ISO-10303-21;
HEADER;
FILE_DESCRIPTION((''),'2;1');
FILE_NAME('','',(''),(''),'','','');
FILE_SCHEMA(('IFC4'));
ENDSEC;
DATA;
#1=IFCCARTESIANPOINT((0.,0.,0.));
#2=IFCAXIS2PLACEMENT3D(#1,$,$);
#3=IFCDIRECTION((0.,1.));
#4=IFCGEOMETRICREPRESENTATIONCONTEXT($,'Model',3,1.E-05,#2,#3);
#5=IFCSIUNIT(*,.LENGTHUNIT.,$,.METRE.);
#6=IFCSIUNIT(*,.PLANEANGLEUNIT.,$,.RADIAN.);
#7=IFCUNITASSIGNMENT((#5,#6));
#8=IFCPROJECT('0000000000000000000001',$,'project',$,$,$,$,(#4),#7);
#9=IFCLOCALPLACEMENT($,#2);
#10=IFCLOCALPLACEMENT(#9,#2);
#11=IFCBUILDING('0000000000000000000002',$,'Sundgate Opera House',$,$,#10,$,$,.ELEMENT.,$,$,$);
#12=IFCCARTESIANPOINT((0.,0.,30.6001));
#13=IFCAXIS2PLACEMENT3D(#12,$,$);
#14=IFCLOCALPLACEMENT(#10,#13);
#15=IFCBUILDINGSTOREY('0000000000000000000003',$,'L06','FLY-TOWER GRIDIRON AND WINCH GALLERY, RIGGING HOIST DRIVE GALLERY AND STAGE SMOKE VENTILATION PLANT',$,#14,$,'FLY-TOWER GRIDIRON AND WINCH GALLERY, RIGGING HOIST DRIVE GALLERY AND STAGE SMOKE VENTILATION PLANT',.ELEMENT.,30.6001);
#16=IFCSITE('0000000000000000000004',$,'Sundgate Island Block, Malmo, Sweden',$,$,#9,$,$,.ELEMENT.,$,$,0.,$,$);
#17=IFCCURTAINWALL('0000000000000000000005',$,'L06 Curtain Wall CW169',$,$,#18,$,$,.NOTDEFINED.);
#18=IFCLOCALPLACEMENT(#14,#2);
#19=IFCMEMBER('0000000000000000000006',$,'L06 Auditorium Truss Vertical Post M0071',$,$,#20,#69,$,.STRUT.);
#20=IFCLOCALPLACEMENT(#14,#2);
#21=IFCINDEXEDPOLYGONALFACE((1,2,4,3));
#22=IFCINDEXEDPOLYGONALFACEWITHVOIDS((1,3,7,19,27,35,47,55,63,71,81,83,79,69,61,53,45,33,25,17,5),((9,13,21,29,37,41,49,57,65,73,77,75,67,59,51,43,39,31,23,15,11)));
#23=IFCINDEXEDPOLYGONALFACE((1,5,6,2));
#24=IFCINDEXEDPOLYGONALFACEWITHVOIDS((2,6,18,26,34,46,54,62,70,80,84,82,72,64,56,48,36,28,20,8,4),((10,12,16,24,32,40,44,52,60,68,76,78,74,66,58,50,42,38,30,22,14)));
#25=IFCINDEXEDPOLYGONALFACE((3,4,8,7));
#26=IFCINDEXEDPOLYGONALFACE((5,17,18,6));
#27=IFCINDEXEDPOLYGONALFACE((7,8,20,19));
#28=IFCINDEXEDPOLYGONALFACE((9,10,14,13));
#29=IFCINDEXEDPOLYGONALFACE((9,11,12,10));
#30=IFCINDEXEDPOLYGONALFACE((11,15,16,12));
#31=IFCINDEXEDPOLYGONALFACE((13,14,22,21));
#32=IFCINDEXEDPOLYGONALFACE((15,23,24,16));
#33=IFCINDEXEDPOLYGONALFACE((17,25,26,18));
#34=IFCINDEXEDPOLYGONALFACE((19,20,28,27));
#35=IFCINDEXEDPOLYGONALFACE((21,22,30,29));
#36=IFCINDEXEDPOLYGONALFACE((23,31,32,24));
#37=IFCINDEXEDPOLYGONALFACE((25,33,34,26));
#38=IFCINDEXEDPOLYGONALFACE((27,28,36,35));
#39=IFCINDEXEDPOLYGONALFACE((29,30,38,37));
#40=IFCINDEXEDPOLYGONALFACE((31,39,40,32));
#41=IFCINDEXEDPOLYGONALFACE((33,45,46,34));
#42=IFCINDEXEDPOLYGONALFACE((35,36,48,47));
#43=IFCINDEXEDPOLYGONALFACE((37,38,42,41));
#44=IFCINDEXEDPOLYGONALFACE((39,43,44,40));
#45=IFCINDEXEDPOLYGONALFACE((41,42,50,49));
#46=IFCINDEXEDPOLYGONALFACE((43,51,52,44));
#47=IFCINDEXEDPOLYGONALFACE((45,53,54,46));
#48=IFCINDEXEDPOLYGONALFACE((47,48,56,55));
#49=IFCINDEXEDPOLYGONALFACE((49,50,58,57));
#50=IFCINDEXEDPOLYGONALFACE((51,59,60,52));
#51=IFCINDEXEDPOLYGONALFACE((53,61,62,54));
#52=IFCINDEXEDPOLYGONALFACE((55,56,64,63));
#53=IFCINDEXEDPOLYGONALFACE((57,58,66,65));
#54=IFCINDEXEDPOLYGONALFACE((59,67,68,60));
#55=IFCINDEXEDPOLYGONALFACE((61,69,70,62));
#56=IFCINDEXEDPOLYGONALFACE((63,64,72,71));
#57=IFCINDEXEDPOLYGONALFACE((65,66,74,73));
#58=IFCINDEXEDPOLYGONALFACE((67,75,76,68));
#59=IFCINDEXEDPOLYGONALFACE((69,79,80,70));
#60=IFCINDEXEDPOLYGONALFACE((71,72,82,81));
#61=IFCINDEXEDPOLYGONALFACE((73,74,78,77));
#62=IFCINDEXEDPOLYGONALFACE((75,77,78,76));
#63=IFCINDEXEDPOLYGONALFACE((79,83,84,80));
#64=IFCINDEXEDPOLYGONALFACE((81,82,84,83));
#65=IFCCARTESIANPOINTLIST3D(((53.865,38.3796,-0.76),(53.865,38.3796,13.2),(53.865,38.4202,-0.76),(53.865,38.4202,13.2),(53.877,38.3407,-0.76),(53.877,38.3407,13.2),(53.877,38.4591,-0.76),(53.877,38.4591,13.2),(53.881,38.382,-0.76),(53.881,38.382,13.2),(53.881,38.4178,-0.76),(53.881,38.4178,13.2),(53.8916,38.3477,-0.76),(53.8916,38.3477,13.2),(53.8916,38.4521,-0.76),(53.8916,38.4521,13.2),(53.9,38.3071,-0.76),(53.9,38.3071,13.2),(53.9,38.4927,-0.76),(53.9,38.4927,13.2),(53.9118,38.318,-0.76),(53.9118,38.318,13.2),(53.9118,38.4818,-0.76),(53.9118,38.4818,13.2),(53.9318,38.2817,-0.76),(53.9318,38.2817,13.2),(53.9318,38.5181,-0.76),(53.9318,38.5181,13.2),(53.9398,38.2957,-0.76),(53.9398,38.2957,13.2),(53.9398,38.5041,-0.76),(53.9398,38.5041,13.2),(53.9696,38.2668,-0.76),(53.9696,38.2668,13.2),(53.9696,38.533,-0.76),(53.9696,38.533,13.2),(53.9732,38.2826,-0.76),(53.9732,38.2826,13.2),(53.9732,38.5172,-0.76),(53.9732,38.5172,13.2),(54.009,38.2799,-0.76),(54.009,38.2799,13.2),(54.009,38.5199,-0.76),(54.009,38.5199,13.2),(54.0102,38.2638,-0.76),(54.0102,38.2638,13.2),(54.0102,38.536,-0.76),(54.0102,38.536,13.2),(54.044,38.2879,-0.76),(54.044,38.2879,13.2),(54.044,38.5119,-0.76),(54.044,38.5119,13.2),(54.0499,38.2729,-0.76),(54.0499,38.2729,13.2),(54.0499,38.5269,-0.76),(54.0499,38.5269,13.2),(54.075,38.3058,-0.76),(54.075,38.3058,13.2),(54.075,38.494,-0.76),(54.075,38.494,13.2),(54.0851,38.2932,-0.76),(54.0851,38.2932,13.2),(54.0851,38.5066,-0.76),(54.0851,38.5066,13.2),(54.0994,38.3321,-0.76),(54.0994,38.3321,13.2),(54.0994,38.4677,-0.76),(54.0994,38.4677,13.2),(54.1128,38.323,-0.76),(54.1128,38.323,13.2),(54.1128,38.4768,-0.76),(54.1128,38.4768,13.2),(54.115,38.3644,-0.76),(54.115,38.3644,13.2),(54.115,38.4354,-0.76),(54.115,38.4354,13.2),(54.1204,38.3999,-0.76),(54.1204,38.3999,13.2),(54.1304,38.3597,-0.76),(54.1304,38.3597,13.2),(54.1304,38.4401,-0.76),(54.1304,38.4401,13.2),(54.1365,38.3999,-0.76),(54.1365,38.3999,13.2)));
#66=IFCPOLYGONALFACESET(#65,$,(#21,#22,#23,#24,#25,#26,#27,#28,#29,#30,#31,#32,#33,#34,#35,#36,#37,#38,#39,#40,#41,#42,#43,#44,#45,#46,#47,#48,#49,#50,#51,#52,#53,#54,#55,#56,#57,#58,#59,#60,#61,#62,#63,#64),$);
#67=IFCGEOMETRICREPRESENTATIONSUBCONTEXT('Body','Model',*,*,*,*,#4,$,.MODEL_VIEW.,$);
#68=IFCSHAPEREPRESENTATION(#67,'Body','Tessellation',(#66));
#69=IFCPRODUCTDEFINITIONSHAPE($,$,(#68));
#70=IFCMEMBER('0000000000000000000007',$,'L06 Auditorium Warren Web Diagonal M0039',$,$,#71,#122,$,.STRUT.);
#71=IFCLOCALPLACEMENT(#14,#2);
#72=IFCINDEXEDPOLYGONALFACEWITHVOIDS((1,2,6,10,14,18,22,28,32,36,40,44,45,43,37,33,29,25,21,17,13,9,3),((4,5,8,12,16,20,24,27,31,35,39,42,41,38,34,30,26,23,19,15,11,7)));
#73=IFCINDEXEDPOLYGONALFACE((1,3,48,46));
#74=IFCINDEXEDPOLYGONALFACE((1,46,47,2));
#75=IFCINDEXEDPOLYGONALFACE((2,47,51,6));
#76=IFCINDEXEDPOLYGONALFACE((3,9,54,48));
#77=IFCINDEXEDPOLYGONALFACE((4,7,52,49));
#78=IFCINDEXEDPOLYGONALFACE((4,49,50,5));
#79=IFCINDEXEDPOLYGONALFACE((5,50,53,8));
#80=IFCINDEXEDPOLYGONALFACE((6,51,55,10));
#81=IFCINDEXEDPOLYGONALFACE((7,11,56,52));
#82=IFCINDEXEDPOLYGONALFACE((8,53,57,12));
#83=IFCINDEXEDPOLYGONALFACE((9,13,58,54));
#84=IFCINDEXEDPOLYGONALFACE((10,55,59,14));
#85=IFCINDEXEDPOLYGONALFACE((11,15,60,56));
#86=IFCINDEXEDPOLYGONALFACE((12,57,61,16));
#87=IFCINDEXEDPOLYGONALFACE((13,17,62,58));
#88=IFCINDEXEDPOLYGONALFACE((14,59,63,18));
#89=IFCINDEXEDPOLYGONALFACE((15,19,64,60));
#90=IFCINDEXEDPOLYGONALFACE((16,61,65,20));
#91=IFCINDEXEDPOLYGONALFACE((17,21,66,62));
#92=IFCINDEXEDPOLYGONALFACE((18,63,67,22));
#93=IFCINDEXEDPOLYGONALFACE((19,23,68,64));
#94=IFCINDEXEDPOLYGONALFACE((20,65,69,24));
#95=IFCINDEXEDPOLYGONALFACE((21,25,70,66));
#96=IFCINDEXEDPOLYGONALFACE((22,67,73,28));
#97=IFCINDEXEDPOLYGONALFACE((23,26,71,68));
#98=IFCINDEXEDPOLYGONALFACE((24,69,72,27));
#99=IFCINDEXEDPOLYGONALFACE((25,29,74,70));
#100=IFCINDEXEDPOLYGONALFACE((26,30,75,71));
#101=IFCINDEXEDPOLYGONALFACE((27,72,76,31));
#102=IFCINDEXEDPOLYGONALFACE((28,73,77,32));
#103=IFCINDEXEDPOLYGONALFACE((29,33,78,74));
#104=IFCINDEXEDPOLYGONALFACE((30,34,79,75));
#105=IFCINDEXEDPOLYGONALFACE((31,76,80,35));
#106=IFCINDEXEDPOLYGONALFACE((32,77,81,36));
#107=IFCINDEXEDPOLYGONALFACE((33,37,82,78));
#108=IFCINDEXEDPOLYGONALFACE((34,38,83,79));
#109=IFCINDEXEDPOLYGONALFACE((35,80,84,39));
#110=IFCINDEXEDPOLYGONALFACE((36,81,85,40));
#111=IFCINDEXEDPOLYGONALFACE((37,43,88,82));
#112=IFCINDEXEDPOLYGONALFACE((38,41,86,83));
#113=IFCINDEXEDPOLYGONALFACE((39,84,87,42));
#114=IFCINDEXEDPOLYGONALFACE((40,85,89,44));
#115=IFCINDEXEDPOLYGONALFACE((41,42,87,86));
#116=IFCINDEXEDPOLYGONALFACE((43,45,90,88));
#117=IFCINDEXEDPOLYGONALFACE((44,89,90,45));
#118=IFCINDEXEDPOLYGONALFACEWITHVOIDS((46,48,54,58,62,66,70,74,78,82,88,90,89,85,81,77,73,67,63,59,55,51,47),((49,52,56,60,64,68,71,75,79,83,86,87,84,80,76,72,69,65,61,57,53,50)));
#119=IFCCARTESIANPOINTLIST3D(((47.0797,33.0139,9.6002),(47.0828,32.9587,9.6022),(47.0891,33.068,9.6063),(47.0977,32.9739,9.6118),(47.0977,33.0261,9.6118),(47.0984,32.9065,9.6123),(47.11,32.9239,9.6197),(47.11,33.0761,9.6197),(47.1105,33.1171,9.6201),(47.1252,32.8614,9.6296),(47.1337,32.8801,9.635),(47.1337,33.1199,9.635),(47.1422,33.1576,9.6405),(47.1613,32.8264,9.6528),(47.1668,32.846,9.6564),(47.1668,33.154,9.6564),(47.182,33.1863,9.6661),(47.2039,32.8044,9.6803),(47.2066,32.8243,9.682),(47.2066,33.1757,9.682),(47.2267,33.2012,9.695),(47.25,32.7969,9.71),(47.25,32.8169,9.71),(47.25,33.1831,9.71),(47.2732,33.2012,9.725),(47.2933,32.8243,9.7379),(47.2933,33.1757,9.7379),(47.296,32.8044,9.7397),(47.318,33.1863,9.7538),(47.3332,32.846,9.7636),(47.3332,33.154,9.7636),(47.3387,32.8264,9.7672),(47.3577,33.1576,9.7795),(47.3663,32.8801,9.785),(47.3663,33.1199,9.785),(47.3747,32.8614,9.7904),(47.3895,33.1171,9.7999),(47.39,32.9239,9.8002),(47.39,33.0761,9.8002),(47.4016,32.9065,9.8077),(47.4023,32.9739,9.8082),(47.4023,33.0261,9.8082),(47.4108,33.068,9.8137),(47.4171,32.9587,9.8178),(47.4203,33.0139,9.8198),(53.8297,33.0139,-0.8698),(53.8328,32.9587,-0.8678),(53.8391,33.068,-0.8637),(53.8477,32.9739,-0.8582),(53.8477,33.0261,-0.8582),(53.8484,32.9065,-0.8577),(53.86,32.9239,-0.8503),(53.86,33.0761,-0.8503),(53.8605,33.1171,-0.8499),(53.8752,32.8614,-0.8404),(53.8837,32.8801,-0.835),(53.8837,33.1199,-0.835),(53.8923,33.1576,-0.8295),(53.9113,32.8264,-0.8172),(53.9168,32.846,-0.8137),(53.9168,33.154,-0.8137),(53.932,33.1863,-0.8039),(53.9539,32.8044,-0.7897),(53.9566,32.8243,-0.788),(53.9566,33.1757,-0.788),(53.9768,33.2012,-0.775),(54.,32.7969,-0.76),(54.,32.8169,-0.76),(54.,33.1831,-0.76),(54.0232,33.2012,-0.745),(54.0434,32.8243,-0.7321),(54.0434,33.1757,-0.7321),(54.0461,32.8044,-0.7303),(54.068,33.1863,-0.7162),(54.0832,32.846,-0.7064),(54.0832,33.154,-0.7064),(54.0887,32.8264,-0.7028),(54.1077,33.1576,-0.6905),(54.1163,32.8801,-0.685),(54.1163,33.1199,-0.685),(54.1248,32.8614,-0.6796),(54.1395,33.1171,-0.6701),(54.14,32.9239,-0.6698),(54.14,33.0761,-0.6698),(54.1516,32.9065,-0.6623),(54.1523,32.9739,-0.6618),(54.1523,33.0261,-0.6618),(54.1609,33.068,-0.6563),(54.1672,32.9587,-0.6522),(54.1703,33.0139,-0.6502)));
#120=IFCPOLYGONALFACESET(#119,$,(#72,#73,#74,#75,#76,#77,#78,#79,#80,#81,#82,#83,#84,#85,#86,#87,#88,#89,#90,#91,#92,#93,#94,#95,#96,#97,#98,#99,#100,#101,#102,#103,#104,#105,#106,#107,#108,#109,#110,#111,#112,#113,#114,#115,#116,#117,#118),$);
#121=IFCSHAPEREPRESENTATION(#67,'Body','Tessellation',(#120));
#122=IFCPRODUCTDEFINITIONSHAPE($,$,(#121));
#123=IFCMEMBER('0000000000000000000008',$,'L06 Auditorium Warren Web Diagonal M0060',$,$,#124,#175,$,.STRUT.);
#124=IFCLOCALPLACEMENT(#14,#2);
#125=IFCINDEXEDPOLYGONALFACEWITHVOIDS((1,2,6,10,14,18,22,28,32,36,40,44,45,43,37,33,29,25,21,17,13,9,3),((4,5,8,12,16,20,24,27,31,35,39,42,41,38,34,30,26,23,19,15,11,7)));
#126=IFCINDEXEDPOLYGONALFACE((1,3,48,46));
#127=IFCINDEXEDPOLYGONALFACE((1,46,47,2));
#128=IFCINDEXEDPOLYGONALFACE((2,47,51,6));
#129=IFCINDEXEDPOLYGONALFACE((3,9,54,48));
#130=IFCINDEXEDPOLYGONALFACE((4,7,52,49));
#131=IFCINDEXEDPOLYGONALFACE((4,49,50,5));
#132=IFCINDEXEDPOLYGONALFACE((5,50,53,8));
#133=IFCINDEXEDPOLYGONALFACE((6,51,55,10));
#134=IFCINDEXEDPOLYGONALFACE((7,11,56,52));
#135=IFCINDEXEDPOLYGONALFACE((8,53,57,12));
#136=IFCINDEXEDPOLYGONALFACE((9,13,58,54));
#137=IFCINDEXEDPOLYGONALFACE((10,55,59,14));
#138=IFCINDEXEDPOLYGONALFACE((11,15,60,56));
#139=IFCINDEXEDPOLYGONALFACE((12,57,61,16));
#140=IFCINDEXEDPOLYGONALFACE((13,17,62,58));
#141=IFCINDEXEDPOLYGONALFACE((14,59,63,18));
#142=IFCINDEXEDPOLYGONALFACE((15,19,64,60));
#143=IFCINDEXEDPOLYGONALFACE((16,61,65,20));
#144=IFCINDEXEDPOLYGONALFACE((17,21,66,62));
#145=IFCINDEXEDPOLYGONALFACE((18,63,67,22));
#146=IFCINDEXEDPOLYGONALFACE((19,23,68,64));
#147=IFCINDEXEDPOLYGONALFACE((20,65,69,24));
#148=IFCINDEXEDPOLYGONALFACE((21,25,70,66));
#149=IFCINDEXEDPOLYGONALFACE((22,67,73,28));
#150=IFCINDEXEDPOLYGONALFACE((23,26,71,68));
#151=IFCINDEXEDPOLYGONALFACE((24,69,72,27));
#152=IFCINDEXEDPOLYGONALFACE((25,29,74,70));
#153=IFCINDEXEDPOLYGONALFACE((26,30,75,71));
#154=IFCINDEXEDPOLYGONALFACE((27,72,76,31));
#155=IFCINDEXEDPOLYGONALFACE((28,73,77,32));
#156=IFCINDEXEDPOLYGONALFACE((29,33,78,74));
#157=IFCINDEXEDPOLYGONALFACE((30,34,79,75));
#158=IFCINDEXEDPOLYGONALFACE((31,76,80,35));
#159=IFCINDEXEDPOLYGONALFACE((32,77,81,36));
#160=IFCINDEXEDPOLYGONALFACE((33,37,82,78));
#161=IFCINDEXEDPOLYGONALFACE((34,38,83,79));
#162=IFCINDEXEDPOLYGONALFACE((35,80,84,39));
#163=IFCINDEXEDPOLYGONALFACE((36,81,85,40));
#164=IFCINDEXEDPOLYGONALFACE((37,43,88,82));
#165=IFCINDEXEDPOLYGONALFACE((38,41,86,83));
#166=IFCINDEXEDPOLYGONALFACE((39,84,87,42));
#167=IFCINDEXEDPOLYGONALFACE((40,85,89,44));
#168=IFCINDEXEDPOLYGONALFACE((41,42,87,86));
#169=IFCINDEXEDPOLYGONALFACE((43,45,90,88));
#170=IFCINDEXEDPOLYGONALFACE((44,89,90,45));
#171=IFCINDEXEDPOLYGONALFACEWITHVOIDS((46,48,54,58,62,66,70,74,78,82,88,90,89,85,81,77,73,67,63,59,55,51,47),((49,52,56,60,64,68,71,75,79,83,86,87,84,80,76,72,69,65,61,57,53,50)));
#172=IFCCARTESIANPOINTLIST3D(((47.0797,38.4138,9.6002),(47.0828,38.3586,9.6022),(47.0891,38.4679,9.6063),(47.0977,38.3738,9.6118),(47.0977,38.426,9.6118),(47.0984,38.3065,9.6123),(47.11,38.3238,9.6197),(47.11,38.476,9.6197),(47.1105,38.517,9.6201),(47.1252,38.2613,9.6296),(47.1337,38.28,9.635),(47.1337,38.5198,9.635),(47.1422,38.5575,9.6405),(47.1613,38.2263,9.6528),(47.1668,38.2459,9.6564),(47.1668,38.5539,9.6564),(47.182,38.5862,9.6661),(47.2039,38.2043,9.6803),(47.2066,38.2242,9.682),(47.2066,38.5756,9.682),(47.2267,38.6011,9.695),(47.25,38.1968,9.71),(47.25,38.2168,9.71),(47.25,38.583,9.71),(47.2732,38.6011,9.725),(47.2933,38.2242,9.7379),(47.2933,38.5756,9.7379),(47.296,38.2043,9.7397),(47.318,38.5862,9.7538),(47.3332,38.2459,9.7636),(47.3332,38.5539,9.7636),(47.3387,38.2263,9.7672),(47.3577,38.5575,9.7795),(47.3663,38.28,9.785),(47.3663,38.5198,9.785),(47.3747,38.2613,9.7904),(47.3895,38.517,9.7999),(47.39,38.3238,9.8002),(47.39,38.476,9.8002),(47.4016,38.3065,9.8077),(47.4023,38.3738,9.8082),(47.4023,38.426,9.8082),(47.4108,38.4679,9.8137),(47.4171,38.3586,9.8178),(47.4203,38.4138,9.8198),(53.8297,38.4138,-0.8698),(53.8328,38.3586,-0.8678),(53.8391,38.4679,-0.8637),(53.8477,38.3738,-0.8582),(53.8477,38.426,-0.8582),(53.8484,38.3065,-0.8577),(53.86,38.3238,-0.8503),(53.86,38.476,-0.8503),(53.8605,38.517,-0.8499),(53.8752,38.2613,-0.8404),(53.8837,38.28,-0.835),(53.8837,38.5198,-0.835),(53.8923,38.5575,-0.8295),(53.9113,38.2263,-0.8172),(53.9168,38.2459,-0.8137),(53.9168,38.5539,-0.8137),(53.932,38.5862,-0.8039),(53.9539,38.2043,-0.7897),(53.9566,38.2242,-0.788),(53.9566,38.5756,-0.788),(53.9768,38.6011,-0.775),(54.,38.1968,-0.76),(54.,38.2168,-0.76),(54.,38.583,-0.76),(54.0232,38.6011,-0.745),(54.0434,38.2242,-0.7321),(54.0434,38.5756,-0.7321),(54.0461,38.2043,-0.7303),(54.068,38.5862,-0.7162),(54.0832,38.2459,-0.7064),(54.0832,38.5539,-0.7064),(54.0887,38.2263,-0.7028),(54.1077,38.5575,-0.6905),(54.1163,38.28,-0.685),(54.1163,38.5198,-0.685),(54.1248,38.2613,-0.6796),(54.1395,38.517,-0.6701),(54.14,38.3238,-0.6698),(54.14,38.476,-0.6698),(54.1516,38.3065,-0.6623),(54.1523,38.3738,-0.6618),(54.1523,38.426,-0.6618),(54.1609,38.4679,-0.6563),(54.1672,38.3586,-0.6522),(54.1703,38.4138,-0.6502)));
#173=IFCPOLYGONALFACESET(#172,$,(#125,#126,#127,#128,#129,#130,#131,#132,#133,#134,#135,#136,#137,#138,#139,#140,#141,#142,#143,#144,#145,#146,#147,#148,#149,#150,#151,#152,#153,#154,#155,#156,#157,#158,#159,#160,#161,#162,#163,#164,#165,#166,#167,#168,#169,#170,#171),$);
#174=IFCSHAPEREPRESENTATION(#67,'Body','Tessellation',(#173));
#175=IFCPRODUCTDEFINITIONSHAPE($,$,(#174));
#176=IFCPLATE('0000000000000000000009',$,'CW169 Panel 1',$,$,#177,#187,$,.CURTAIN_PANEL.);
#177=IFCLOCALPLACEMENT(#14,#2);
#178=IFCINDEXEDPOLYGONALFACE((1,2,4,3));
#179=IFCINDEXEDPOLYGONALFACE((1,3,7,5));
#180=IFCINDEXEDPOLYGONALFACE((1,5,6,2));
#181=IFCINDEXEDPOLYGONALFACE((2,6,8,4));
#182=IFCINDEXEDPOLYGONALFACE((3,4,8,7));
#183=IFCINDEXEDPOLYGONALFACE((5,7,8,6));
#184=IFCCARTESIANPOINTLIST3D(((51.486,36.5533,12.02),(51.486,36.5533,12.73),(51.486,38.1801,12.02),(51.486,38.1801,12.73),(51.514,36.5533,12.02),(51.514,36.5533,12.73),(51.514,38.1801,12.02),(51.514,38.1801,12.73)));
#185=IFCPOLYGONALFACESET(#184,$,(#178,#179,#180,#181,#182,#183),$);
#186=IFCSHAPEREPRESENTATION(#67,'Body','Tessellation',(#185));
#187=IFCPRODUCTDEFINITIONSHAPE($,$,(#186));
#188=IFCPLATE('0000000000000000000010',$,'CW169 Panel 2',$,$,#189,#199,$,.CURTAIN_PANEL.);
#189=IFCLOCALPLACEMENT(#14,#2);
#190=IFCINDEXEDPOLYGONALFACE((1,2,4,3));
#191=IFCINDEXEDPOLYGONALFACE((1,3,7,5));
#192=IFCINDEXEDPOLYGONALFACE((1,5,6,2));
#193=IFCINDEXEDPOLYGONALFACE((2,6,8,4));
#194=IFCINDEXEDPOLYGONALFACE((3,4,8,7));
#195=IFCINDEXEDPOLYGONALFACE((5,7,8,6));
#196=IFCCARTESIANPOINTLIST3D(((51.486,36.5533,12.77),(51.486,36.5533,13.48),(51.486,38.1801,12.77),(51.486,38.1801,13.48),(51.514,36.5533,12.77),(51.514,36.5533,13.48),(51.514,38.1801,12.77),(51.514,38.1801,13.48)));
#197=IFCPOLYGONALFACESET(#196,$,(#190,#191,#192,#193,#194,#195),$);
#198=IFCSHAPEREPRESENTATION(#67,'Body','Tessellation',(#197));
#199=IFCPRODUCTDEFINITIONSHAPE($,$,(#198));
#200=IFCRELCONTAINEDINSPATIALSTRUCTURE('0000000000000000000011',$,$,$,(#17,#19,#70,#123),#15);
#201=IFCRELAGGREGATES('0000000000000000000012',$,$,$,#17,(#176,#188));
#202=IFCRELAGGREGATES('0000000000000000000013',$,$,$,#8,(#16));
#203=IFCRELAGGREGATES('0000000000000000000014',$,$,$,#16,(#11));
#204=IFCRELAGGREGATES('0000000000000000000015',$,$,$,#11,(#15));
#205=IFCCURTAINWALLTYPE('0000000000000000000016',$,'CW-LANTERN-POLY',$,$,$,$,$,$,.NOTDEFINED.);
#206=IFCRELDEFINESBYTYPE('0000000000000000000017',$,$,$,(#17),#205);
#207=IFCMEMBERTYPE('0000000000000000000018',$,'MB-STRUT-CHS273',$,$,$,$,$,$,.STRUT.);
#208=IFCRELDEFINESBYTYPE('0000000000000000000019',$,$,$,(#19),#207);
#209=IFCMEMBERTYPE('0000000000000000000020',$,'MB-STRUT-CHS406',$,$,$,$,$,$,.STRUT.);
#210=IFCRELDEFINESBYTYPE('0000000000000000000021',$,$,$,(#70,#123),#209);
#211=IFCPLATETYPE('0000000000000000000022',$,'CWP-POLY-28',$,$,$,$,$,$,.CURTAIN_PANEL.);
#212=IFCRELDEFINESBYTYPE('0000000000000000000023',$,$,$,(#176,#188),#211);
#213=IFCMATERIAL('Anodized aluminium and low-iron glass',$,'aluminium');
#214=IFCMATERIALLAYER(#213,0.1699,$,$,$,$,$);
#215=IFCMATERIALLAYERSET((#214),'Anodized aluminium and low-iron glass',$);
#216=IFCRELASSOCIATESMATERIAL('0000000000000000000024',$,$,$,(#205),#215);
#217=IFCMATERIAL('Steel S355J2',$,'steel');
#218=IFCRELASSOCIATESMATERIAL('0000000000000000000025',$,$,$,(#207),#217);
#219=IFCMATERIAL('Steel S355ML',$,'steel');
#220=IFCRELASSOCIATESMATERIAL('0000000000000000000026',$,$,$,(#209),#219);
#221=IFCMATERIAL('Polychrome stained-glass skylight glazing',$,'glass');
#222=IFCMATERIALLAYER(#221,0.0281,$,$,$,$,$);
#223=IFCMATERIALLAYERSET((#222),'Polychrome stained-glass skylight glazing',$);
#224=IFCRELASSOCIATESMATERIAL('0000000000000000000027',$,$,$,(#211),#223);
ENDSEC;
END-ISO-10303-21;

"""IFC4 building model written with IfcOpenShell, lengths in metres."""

from ifc_helpers import new_model, si_unit, direction, frame, origin, origin_2d, place, context, subcontext, project, spatial, rectangle, hollow_circle, extrude, material, layer, layer_set, material_profile, profile_set, type_object, element, aggregate, save


model = new_model("IFC4")

# Units and contexts
model_context = context("Model", 3, precision=1e-05, world=origin(), true_north=direction((0.0, 1.0)))
body_context = subcontext(model_context, "Body", "Model", "MODEL_VIEW")
ifc_project = project(units=[si_unit("LENGTHUNIT", "METRE"), si_unit("PLANEANGLEUNIT", "RADIAN")], contexts=[model_context])

# Site, building, storey
site_placement = place(None, origin())
site = spatial("IfcSite", under=ifc_project, at=site_placement, Name="Sundgate Island Block, Malmo, Sweden", CompositionType="ELEMENT", RefElevation=0.0)
building_placement = place(site_placement, origin())
building = spatial("IfcBuilding", under=site, at=building_placement, Name="Sundgate Opera House", CompositionType="ELEMENT")
storey_placement = place(building_placement, frame((0.0, 0.0, 30.6001)))
storey = spatial("IfcBuildingStorey", under=building, at=storey_placement, Name="L06", Description="FLY-TOWER GRIDIRON AND WINCH GALLERY, RIGGING HOIST DRIVE GALLERY AND STAGE SMOKE VENTILATION PLANT", LongName="FLY-TOWER GRIDIRON AND WINCH GALLERY, RIGGING HOIST DRIVE GALLERY AND STAGE SMOKE VENTILATION PLANT", CompositionType="ELEMENT", Elevation=30.6001)

# Curtain wall
ifc_material_1 = material(Name="Anodized aluminium and low-iron glass", Category="aluminium")
ifc_layer_1 = layer(ifc_material_1, 0.1699)
ifc_layer_set_1 = layer_set([ifc_layer_1], Name="Anodized aluminium and low-iron glass")
curtain_wall_type = type_object("IfcCurtainWallType", Name="CW-LANTERN-POLY", PredefinedType="NOTDEFINED", material=ifc_layer_set_1)
curtain_wall_1_placement = place(storey_placement, origin())
curtain_wall_1 = element("IfcCurtainWall", 1, at=curtain_wall_1_placement, inside=storey, type_object=curtain_wall_type, Name="L06 Curtain Wall CW169", PredefinedType="NOTDEFINED")

# Members
ifc_material_2 = material(Name="Steel S355J2", Category="steel")
ifc_material_profile_1 = material_profile(ifc_material_2, hollow_circle(Radius=0.1365, WallThickness=0.0161, at=origin_2d()), Name="CHS 273.0x16.0")
ifc_profile_set_1 = profile_set([ifc_material_profile_1], Name="Steel S355J2")
member_type_1 = type_object("IfcMemberType", Name="MB-STRUT-CHS273", PredefinedType="STRUT", material=ifc_profile_set_1)
member_1_placement = place(storey_placement, frame((54.0, 38.3999, -0.76), z_axis=(0.0, 0.0, 1.0), x_axis=(1.0, 0.0, 0.0)))
element("IfcMember", 2, at=member_1_placement, inside=storey, type_object=member_type_1, Name="L06 Auditorium Truss Vertical Post M0071", PredefinedType="STRUT", context=body_context, shape_type="SweptSolid", body=[
    extrude(hollow_circle(Radius=0.1365, WallThickness=0.0161, at=origin_2d()), origin(), (0.0, 0.0, 1.0), 13.96),
])
ifc_material_3 = material(Name="Steel S355ML", Category="steel")
ifc_material_profile_2 = material_profile(ifc_material_3, hollow_circle(Radius=0.2031, WallThickness=0.02, at=origin_2d()), Name="CHS 406.4x20.0")
ifc_profile_set_2 = profile_set([ifc_material_profile_2], Name="Steel S355ML")
member_type_2 = type_object("IfcMemberType", Name="MB-STRUT-CHS406", PredefinedType="STRUT", material=ifc_profile_set_2)
for number, where, z_axis, x_axis, name in (
    (3, (54.0, 33.0, -0.76), (-0.541854, 0.0, 0.840473), (0.0, -1.0, 0.0), "L06 Auditorium Warren Web Diagonal M0039"),
    (4, (54.0, 38.3999, -0.76), (-0.541854, 0.0, 0.840473), (0.0, -1.0, 0.0), "L06 Auditorium Warren Web Diagonal M0060"),
):
    element("IfcMember", number, at=place(storey_placement, frame(where, z_axis=z_axis, x_axis=x_axis)), inside=storey, type_object=member_type_2, Name=name, PredefinedType="STRUT", context=body_context, shape_type="SweptSolid", body=[
        extrude(hollow_circle(Radius=0.2031, WallThickness=0.02, at=origin_2d()), origin(), (0.0, 0.0, 1.0), 12.4573),
    ])

# Plates
ifc_material_4 = material(Name="Polychrome stained-glass skylight glazing", Category="glass")
ifc_layer_2 = layer(ifc_material_4, 0.0281)
ifc_layer_set_2 = layer_set([ifc_layer_2], Name="Polychrome stained-glass skylight glazing")
plate_type_1 = type_object("IfcPlateType", Name="CWP-POLY-28", PredefinedType="CURTAIN_PANEL", material=ifc_layer_set_2)
plate_1_placement = place(storey_placement, frame((51.5, 37.3667, 12.02), z_axis=(0.0, 0.0, 1.0), x_axis=(0.0, -1.0, 0.0)))
plate_1 = element("IfcPlate", 5, at=plate_1_placement, type_object=plate_type_1, Name="CW169 Panel 1", PredefinedType="CURTAIN_PANEL", context=body_context, shape_type="SweptSolid", body=[
    extrude(rectangle(XDim=1.6267, YDim=0.0281, at=origin_2d()), origin(), (0.0, 0.0, 1.0), 0.71),
])
plate_2_placement = place(storey_placement, frame((51.5, 37.3667, 12.77), z_axis=(0.0, 0.0, 1.0), x_axis=(0.0, -1.0, 0.0)))
plate_2 = element("IfcPlate", 6, at=plate_2_placement, type_object=plate_type_1, Name="CW169 Panel 2", PredefinedType="CURTAIN_PANEL", context=body_context, shape_type="SweptSolid", body=[
    extrude(rectangle(XDim=1.6267, YDim=0.0281, at=origin_2d()), origin(), (0.0, 0.0, 1.0), 0.71),
])
aggregate(curtain_wall_1, [plate_1, plate_2])

save(model, "model.ifc")
